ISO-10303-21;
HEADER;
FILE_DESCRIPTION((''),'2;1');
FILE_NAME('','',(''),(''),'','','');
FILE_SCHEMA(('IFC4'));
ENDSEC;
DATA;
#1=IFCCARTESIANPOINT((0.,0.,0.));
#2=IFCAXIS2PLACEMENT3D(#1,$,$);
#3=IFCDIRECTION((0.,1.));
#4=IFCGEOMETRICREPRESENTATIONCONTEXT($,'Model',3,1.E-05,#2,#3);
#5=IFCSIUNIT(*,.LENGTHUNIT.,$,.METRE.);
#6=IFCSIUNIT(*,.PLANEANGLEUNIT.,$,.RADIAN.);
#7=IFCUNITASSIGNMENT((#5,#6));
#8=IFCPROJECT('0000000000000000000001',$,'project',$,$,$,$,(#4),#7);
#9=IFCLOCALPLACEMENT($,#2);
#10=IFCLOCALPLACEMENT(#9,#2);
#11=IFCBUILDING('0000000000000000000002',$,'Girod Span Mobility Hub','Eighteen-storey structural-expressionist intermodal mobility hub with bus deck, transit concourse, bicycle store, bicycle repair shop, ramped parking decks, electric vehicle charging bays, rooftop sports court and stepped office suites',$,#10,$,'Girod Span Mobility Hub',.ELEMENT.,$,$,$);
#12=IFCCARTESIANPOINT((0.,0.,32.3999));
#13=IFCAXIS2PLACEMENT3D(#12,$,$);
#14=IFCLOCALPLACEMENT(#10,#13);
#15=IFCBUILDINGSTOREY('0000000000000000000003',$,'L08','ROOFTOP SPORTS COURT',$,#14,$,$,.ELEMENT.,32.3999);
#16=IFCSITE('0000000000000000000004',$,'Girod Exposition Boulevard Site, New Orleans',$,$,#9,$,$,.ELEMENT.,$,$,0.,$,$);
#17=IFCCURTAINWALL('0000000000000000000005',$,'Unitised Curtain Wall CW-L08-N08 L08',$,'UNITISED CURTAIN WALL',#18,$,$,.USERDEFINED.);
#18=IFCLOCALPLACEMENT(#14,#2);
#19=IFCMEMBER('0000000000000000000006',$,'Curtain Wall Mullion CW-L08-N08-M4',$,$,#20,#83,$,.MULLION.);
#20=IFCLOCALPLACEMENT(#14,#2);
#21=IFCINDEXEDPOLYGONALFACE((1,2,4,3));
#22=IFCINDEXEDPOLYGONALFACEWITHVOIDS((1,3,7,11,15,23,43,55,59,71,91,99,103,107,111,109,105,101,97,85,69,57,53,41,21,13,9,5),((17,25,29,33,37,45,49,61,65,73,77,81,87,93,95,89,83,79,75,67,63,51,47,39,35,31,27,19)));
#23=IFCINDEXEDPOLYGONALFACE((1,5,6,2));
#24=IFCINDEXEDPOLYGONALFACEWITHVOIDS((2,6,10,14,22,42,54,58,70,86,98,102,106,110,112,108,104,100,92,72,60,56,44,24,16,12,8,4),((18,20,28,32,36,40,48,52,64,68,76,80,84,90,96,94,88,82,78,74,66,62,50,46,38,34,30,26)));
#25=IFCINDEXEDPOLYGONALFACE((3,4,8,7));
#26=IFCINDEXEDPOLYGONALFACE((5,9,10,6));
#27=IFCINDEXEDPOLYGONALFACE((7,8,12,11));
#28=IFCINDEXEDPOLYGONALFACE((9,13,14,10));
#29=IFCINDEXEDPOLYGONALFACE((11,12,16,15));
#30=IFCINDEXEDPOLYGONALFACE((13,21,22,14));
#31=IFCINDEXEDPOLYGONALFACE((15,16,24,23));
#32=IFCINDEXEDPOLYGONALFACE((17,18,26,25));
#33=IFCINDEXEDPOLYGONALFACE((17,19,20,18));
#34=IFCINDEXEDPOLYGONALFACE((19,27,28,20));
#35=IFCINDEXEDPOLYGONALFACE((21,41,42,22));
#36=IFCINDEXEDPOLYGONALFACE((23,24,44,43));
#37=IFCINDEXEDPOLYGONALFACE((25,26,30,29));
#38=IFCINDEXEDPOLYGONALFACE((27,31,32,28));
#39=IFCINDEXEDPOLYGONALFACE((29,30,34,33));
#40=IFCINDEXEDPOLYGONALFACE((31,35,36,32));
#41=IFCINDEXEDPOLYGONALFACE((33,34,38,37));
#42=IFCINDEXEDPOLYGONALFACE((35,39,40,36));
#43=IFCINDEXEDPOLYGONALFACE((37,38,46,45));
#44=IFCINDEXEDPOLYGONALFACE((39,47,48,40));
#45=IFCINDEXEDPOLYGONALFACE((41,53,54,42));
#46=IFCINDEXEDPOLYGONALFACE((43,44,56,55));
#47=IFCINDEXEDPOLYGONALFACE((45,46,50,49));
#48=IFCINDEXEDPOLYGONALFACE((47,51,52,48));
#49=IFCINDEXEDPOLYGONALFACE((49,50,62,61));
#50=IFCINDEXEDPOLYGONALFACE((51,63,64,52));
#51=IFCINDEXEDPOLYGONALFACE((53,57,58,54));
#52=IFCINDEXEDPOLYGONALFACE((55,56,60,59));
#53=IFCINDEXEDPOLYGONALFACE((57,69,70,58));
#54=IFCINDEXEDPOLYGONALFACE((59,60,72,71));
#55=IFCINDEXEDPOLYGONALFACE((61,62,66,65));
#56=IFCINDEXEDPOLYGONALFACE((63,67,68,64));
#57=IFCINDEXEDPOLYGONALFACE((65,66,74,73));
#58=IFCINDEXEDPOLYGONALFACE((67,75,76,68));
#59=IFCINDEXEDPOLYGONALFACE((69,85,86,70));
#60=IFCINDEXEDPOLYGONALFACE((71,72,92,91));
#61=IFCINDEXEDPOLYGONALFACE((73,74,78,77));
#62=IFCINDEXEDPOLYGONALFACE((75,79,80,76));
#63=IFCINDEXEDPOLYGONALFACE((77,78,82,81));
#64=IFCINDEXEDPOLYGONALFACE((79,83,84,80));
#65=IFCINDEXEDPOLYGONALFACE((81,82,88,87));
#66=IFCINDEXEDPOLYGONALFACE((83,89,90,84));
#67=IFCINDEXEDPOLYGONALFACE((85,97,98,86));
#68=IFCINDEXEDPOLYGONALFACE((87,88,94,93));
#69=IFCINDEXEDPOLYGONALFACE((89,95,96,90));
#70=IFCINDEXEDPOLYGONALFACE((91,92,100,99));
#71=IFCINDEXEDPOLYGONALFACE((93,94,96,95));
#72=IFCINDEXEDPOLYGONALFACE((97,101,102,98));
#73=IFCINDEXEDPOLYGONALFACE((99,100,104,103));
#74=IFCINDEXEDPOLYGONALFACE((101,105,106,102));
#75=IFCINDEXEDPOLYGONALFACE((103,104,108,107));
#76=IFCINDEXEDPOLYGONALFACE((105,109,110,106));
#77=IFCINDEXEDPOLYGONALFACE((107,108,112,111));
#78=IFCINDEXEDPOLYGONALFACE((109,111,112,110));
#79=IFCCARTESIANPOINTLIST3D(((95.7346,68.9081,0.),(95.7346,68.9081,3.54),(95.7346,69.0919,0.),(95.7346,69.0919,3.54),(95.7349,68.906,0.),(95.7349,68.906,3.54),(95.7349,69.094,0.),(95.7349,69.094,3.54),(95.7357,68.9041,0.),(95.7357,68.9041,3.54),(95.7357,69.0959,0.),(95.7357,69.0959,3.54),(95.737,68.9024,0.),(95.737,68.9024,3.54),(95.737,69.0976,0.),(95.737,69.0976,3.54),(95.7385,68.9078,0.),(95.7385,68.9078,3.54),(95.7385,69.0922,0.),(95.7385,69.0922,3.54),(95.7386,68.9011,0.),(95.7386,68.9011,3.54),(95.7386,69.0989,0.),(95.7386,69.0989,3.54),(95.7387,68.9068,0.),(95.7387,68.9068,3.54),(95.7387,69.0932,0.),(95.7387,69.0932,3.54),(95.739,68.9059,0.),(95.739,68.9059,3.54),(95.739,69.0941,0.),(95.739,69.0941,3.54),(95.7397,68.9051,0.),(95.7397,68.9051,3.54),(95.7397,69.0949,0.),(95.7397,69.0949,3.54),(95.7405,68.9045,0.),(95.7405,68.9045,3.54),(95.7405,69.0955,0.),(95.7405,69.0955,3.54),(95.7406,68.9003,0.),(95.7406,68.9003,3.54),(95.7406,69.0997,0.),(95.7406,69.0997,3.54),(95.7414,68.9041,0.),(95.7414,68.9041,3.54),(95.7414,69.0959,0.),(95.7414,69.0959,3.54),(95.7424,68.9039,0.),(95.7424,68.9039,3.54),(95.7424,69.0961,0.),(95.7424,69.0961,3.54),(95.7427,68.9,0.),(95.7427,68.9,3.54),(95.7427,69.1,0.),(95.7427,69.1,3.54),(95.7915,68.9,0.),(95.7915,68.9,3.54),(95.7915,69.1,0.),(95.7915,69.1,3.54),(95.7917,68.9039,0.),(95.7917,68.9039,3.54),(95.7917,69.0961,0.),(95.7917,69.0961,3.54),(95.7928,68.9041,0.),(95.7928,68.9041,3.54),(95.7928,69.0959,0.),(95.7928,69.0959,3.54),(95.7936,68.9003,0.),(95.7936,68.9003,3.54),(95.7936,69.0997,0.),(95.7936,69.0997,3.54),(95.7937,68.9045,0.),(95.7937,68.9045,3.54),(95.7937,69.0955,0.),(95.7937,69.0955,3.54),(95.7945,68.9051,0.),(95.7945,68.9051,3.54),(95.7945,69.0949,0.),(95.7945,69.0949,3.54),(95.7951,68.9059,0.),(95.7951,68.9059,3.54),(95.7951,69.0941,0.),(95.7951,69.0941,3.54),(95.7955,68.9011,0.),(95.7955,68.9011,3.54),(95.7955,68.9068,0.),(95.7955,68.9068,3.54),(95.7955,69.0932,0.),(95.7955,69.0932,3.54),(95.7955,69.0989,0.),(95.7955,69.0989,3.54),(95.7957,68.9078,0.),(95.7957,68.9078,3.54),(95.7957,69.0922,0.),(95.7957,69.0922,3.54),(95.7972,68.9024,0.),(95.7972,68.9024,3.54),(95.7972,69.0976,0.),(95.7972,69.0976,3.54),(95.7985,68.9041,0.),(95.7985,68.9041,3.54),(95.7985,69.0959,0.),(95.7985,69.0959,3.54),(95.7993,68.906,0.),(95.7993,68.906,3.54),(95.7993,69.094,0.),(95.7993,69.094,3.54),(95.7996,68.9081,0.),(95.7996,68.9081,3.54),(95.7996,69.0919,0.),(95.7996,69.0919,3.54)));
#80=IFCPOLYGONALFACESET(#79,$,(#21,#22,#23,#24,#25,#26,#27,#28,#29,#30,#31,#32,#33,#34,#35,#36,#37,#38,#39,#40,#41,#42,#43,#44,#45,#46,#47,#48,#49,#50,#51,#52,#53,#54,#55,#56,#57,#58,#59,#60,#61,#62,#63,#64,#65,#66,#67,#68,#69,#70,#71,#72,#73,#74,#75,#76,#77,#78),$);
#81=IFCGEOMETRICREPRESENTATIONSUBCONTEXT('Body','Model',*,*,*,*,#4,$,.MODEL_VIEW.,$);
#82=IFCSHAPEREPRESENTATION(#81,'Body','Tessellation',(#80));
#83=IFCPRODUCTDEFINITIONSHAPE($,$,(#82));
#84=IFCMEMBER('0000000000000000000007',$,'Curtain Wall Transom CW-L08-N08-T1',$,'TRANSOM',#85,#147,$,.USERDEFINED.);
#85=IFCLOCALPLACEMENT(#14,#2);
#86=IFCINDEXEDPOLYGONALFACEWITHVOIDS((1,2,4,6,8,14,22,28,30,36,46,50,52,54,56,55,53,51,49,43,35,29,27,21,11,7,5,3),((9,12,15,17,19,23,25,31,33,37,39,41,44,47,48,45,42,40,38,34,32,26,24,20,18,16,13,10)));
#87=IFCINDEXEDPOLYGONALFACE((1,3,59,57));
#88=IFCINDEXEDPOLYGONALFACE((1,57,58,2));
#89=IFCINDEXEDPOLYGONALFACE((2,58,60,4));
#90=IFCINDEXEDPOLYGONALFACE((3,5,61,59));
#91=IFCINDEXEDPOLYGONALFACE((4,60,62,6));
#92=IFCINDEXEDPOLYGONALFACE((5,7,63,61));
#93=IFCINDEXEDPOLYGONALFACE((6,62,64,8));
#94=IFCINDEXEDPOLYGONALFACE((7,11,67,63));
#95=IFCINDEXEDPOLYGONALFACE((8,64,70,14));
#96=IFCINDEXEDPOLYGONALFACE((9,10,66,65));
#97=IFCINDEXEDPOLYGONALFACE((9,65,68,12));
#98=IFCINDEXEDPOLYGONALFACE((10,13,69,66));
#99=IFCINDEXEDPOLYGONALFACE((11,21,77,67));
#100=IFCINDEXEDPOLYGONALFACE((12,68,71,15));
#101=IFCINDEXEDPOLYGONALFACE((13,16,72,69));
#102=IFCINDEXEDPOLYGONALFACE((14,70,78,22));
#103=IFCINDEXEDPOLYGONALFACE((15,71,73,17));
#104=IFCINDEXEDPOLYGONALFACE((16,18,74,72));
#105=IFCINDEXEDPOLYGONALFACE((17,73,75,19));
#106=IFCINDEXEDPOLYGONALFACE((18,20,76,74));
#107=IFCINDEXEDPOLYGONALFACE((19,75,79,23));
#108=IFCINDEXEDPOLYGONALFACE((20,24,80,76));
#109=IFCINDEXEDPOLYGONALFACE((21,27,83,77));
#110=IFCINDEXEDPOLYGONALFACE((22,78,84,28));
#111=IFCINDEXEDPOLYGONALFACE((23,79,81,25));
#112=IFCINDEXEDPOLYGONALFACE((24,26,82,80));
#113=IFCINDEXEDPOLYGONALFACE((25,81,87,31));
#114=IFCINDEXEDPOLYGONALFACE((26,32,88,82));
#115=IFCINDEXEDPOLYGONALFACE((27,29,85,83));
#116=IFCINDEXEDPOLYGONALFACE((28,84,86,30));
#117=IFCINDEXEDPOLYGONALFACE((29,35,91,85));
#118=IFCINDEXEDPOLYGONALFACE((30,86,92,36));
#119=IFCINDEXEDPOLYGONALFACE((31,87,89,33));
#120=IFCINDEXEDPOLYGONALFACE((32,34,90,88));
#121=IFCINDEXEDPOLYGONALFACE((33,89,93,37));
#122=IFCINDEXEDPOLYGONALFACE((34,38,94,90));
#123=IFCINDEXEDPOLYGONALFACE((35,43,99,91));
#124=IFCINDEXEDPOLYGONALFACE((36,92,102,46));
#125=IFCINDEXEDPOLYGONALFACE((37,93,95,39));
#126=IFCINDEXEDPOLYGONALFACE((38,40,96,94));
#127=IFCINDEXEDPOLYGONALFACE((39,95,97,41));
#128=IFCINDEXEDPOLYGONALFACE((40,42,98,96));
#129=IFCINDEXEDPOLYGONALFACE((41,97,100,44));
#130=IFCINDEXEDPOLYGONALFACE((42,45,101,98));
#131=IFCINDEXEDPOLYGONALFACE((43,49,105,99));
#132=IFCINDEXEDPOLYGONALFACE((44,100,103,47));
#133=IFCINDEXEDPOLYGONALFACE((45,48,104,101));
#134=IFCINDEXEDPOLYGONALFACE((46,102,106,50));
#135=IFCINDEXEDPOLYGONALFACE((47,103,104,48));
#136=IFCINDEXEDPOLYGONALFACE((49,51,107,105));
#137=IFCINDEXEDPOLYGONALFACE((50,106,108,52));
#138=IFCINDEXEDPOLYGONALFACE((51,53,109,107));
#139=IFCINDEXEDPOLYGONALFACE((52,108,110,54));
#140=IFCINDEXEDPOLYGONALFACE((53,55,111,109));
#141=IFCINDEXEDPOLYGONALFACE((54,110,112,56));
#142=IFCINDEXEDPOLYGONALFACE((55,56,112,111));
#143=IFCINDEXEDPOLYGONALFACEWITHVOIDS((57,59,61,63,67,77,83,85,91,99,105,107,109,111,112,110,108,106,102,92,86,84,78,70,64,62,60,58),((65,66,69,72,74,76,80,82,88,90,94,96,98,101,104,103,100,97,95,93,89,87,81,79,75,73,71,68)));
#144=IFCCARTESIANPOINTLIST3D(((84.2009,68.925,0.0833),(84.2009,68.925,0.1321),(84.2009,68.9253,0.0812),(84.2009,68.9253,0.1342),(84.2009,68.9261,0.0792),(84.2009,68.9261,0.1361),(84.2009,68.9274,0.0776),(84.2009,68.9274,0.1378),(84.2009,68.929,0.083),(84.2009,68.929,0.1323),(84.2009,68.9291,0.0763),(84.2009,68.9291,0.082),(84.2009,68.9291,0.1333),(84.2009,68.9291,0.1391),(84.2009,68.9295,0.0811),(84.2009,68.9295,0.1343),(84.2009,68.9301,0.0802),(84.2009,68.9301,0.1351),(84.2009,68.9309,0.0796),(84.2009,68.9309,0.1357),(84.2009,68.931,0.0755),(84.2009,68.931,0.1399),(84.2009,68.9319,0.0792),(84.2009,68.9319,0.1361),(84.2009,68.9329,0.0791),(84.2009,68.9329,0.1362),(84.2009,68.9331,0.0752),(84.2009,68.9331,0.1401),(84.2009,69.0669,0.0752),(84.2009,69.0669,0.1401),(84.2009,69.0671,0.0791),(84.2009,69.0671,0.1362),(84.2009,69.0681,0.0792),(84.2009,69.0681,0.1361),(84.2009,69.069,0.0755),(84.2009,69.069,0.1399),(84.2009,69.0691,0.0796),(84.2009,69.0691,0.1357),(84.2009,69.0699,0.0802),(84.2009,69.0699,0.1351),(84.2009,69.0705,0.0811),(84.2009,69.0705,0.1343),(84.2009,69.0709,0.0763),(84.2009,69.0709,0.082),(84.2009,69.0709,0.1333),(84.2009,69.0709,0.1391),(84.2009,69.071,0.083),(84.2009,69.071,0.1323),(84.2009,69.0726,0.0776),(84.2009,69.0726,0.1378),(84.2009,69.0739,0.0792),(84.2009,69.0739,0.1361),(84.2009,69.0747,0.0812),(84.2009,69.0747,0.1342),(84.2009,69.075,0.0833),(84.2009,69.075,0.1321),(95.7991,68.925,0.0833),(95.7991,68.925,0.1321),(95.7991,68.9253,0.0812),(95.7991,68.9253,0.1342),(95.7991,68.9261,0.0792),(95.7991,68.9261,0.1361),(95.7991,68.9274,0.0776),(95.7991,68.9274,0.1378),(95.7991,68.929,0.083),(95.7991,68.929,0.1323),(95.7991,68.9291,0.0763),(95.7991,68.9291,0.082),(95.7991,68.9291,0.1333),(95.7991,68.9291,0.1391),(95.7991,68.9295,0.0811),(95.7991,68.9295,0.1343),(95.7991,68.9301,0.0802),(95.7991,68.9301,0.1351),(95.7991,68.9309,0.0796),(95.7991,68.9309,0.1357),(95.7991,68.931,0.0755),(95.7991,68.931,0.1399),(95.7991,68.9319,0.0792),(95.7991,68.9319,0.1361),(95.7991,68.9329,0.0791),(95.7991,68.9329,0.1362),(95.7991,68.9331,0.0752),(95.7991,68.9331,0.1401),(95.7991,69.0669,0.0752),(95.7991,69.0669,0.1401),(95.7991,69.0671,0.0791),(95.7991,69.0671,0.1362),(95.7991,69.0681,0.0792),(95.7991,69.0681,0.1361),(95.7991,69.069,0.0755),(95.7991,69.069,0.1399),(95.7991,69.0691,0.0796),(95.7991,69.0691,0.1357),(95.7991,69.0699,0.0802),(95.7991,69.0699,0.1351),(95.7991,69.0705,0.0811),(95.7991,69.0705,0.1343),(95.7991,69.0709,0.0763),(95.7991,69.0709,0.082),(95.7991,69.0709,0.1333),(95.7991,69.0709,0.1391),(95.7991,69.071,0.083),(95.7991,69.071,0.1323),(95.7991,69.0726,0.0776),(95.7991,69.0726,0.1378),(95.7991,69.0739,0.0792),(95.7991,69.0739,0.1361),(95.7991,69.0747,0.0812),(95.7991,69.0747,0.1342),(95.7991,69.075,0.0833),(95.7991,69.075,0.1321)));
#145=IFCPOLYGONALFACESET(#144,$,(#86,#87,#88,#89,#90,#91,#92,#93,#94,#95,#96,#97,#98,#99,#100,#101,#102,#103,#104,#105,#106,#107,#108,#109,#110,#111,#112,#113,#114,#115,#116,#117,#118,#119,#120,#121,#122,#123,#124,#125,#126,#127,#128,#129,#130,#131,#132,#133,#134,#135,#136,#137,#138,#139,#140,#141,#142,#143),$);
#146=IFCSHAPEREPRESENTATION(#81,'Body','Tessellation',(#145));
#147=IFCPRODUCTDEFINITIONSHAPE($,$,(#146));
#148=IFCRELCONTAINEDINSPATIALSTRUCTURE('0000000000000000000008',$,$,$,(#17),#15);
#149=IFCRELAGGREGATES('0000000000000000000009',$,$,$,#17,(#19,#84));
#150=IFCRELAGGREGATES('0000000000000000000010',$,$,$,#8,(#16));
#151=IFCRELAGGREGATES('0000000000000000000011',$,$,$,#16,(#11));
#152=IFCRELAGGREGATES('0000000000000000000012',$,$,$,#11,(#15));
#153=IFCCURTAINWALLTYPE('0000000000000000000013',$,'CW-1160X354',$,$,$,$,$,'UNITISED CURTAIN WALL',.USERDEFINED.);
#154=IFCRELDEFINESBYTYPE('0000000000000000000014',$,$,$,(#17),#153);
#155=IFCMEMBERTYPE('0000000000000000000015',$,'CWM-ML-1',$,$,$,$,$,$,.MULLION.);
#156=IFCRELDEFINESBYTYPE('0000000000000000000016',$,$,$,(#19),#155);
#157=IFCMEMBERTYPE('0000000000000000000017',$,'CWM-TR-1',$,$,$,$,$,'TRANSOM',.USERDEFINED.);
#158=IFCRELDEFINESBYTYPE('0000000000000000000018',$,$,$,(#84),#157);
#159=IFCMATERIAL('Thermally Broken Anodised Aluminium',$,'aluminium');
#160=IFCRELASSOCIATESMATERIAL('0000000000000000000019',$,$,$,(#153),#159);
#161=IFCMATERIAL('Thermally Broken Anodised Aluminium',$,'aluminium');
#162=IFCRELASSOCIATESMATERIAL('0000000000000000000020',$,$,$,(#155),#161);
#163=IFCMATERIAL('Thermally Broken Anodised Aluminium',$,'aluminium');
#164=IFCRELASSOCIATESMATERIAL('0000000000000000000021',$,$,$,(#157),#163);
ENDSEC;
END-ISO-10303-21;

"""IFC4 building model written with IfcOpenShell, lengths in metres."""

from ifc_helpers import new_model, si_unit, direction, frame, origin, origin_2d, place, context, subcontext, project, spatial, hollow_rectangle, extrude, material, material_profile, profile_set, type_object, element, aggregate, save


model = new_model("IFC4")

# Units and contexts
model_context = context("Model", 3, precision=1e-05, world=origin(), true_north=direction((0.0, 1.0)))
body_context = subcontext(model_context, "Body", "Model", "MODEL_VIEW")
ifc_project = project(units=[si_unit("LENGTHUNIT", "METRE"), si_unit("PLANEANGLEUNIT", "RADIAN")], contexts=[model_context])

# Site, building, storey
site_placement = place(None, origin())
site = spatial("IfcSite", under=ifc_project, at=site_placement, Name="Girod Exposition Boulevard Site, New Orleans", CompositionType="ELEMENT", RefElevation=0.0)
building_placement = place(site_placement, origin())
building = spatial("IfcBuilding", under=site, at=building_placement, Name="Girod Span Mobility Hub", Description="Eighteen-storey structural-expressionist intermodal mobility hub with bus deck, transit concourse, bicycle store, bicycle repair shop, ramped parking decks, electric vehicle charging bays, rooftop sports court and stepped office suites", LongName="Girod Span Mobility Hub", CompositionType="ELEMENT")
storey_placement = place(building_placement, frame((0.0, 0.0, 32.3999)))
storey = spatial("IfcBuildingStorey", under=building, at=storey_placement, Name="L08", Description="ROOFTOP SPORTS COURT", CompositionType="ELEMENT", Elevation=32.3999)

# Curtain wall, members
ifc_material_1 = material(Name="Thermally Broken Anodised Aluminium", Category="aluminium")
curtain_wall_type = type_object("IfcCurtainWallType", Name="CW-1160X354", ElementType="UNITISED CURTAIN WALL", PredefinedType="USERDEFINED", material=ifc_material_1)
ifc_material_2 = material(Name="Thermally Broken Anodised Aluminium", Category="aluminium")
ifc_material_profile_1 = material_profile(ifc_material_2, hollow_rectangle(XDim=0.2, YDim=0.0649, WallThickness=0.0039, InnerFilletRadius=0.0039, OuterFilletRadius=0.0081, at=origin_2d()), Name="CW-ML-65X200")
ifc_profile_set_1 = profile_set([ifc_material_profile_1], Name="Thermally Broken Anodised Aluminium")
member_type_1 = type_object("IfcMemberType", Name="CWM-ML-1", PredefinedType="MULLION", material=ifc_profile_set_1)
curtain_wall_1_placement = place(storey_placement, origin())
curtain_wall_1 = element("IfcCurtainWall", 1, at=curtain_wall_1_placement, inside=storey, type_object=curtain_wall_type, Name="Unitised Curtain Wall CW-L08-N08 L08", ObjectType="UNITISED CURTAIN WALL", PredefinedType="USERDEFINED")
member_1_placement = place(storey_placement, frame((95.7671, 69.0, 0.0), z_axis=(0.0, 0.0, 1.0), x_axis=(0.0, 1.0, 0.0)))
member_1 = element("IfcMember", 2, at=member_1_placement, type_object=member_type_1, Name="Curtain Wall Mullion CW-L08-N08-M4", PredefinedType="MULLION", context=body_context, shape_type="SweptSolid", body=[
    extrude(hollow_rectangle(XDim=0.2, YDim=0.0649, WallThickness=0.0039, InnerFilletRadius=0.0039, OuterFilletRadius=0.0081, at=origin_2d()), origin(), (0.0, 0.0, 1.0), 3.54),
])
ifc_material_3 = material(Name="Thermally Broken Anodised Aluminium", Category="aluminium")
ifc_material_profile_2 = material_profile(ifc_material_3, hollow_rectangle(XDim=0.1499, YDim=0.0649, WallThickness=0.0039, InnerFilletRadius=0.0039, OuterFilletRadius=0.0081, at=origin_2d()), Name="CW-TR-65X150")
ifc_profile_set_2 = profile_set([ifc_material_profile_2], Name="Thermally Broken Anodised Aluminium")
member_type_2 = type_object("IfcMemberType", Name="CWM-TR-1", ElementType="TRANSOM", PredefinedType="USERDEFINED", material=ifc_profile_set_2)
member_2_placement = place(storey_placement, frame((84.2009, 69.0, 0.1077), z_axis=(1.0, 0.0, 0.0), x_axis=(0.0, 1.0, 0.0)))
member_2 = element("IfcMember", 3, at=member_2_placement, type_object=member_type_2, Name="Curtain Wall Transom CW-L08-N08-T1", ObjectType="TRANSOM", PredefinedType="USERDEFINED", context=body_context, shape_type="SweptSolid", body=[
    extrude(hollow_rectangle(XDim=0.1499, YDim=0.0649, WallThickness=0.0039, InnerFilletRadius=0.0039, OuterFilletRadius=0.0081, at=origin_2d()), origin(), (0.0, 0.0, 1.0), 11.5981),
])

aggregate(curtain_wall_1, [member_1, member_2])

save(model, "model.ifc")
